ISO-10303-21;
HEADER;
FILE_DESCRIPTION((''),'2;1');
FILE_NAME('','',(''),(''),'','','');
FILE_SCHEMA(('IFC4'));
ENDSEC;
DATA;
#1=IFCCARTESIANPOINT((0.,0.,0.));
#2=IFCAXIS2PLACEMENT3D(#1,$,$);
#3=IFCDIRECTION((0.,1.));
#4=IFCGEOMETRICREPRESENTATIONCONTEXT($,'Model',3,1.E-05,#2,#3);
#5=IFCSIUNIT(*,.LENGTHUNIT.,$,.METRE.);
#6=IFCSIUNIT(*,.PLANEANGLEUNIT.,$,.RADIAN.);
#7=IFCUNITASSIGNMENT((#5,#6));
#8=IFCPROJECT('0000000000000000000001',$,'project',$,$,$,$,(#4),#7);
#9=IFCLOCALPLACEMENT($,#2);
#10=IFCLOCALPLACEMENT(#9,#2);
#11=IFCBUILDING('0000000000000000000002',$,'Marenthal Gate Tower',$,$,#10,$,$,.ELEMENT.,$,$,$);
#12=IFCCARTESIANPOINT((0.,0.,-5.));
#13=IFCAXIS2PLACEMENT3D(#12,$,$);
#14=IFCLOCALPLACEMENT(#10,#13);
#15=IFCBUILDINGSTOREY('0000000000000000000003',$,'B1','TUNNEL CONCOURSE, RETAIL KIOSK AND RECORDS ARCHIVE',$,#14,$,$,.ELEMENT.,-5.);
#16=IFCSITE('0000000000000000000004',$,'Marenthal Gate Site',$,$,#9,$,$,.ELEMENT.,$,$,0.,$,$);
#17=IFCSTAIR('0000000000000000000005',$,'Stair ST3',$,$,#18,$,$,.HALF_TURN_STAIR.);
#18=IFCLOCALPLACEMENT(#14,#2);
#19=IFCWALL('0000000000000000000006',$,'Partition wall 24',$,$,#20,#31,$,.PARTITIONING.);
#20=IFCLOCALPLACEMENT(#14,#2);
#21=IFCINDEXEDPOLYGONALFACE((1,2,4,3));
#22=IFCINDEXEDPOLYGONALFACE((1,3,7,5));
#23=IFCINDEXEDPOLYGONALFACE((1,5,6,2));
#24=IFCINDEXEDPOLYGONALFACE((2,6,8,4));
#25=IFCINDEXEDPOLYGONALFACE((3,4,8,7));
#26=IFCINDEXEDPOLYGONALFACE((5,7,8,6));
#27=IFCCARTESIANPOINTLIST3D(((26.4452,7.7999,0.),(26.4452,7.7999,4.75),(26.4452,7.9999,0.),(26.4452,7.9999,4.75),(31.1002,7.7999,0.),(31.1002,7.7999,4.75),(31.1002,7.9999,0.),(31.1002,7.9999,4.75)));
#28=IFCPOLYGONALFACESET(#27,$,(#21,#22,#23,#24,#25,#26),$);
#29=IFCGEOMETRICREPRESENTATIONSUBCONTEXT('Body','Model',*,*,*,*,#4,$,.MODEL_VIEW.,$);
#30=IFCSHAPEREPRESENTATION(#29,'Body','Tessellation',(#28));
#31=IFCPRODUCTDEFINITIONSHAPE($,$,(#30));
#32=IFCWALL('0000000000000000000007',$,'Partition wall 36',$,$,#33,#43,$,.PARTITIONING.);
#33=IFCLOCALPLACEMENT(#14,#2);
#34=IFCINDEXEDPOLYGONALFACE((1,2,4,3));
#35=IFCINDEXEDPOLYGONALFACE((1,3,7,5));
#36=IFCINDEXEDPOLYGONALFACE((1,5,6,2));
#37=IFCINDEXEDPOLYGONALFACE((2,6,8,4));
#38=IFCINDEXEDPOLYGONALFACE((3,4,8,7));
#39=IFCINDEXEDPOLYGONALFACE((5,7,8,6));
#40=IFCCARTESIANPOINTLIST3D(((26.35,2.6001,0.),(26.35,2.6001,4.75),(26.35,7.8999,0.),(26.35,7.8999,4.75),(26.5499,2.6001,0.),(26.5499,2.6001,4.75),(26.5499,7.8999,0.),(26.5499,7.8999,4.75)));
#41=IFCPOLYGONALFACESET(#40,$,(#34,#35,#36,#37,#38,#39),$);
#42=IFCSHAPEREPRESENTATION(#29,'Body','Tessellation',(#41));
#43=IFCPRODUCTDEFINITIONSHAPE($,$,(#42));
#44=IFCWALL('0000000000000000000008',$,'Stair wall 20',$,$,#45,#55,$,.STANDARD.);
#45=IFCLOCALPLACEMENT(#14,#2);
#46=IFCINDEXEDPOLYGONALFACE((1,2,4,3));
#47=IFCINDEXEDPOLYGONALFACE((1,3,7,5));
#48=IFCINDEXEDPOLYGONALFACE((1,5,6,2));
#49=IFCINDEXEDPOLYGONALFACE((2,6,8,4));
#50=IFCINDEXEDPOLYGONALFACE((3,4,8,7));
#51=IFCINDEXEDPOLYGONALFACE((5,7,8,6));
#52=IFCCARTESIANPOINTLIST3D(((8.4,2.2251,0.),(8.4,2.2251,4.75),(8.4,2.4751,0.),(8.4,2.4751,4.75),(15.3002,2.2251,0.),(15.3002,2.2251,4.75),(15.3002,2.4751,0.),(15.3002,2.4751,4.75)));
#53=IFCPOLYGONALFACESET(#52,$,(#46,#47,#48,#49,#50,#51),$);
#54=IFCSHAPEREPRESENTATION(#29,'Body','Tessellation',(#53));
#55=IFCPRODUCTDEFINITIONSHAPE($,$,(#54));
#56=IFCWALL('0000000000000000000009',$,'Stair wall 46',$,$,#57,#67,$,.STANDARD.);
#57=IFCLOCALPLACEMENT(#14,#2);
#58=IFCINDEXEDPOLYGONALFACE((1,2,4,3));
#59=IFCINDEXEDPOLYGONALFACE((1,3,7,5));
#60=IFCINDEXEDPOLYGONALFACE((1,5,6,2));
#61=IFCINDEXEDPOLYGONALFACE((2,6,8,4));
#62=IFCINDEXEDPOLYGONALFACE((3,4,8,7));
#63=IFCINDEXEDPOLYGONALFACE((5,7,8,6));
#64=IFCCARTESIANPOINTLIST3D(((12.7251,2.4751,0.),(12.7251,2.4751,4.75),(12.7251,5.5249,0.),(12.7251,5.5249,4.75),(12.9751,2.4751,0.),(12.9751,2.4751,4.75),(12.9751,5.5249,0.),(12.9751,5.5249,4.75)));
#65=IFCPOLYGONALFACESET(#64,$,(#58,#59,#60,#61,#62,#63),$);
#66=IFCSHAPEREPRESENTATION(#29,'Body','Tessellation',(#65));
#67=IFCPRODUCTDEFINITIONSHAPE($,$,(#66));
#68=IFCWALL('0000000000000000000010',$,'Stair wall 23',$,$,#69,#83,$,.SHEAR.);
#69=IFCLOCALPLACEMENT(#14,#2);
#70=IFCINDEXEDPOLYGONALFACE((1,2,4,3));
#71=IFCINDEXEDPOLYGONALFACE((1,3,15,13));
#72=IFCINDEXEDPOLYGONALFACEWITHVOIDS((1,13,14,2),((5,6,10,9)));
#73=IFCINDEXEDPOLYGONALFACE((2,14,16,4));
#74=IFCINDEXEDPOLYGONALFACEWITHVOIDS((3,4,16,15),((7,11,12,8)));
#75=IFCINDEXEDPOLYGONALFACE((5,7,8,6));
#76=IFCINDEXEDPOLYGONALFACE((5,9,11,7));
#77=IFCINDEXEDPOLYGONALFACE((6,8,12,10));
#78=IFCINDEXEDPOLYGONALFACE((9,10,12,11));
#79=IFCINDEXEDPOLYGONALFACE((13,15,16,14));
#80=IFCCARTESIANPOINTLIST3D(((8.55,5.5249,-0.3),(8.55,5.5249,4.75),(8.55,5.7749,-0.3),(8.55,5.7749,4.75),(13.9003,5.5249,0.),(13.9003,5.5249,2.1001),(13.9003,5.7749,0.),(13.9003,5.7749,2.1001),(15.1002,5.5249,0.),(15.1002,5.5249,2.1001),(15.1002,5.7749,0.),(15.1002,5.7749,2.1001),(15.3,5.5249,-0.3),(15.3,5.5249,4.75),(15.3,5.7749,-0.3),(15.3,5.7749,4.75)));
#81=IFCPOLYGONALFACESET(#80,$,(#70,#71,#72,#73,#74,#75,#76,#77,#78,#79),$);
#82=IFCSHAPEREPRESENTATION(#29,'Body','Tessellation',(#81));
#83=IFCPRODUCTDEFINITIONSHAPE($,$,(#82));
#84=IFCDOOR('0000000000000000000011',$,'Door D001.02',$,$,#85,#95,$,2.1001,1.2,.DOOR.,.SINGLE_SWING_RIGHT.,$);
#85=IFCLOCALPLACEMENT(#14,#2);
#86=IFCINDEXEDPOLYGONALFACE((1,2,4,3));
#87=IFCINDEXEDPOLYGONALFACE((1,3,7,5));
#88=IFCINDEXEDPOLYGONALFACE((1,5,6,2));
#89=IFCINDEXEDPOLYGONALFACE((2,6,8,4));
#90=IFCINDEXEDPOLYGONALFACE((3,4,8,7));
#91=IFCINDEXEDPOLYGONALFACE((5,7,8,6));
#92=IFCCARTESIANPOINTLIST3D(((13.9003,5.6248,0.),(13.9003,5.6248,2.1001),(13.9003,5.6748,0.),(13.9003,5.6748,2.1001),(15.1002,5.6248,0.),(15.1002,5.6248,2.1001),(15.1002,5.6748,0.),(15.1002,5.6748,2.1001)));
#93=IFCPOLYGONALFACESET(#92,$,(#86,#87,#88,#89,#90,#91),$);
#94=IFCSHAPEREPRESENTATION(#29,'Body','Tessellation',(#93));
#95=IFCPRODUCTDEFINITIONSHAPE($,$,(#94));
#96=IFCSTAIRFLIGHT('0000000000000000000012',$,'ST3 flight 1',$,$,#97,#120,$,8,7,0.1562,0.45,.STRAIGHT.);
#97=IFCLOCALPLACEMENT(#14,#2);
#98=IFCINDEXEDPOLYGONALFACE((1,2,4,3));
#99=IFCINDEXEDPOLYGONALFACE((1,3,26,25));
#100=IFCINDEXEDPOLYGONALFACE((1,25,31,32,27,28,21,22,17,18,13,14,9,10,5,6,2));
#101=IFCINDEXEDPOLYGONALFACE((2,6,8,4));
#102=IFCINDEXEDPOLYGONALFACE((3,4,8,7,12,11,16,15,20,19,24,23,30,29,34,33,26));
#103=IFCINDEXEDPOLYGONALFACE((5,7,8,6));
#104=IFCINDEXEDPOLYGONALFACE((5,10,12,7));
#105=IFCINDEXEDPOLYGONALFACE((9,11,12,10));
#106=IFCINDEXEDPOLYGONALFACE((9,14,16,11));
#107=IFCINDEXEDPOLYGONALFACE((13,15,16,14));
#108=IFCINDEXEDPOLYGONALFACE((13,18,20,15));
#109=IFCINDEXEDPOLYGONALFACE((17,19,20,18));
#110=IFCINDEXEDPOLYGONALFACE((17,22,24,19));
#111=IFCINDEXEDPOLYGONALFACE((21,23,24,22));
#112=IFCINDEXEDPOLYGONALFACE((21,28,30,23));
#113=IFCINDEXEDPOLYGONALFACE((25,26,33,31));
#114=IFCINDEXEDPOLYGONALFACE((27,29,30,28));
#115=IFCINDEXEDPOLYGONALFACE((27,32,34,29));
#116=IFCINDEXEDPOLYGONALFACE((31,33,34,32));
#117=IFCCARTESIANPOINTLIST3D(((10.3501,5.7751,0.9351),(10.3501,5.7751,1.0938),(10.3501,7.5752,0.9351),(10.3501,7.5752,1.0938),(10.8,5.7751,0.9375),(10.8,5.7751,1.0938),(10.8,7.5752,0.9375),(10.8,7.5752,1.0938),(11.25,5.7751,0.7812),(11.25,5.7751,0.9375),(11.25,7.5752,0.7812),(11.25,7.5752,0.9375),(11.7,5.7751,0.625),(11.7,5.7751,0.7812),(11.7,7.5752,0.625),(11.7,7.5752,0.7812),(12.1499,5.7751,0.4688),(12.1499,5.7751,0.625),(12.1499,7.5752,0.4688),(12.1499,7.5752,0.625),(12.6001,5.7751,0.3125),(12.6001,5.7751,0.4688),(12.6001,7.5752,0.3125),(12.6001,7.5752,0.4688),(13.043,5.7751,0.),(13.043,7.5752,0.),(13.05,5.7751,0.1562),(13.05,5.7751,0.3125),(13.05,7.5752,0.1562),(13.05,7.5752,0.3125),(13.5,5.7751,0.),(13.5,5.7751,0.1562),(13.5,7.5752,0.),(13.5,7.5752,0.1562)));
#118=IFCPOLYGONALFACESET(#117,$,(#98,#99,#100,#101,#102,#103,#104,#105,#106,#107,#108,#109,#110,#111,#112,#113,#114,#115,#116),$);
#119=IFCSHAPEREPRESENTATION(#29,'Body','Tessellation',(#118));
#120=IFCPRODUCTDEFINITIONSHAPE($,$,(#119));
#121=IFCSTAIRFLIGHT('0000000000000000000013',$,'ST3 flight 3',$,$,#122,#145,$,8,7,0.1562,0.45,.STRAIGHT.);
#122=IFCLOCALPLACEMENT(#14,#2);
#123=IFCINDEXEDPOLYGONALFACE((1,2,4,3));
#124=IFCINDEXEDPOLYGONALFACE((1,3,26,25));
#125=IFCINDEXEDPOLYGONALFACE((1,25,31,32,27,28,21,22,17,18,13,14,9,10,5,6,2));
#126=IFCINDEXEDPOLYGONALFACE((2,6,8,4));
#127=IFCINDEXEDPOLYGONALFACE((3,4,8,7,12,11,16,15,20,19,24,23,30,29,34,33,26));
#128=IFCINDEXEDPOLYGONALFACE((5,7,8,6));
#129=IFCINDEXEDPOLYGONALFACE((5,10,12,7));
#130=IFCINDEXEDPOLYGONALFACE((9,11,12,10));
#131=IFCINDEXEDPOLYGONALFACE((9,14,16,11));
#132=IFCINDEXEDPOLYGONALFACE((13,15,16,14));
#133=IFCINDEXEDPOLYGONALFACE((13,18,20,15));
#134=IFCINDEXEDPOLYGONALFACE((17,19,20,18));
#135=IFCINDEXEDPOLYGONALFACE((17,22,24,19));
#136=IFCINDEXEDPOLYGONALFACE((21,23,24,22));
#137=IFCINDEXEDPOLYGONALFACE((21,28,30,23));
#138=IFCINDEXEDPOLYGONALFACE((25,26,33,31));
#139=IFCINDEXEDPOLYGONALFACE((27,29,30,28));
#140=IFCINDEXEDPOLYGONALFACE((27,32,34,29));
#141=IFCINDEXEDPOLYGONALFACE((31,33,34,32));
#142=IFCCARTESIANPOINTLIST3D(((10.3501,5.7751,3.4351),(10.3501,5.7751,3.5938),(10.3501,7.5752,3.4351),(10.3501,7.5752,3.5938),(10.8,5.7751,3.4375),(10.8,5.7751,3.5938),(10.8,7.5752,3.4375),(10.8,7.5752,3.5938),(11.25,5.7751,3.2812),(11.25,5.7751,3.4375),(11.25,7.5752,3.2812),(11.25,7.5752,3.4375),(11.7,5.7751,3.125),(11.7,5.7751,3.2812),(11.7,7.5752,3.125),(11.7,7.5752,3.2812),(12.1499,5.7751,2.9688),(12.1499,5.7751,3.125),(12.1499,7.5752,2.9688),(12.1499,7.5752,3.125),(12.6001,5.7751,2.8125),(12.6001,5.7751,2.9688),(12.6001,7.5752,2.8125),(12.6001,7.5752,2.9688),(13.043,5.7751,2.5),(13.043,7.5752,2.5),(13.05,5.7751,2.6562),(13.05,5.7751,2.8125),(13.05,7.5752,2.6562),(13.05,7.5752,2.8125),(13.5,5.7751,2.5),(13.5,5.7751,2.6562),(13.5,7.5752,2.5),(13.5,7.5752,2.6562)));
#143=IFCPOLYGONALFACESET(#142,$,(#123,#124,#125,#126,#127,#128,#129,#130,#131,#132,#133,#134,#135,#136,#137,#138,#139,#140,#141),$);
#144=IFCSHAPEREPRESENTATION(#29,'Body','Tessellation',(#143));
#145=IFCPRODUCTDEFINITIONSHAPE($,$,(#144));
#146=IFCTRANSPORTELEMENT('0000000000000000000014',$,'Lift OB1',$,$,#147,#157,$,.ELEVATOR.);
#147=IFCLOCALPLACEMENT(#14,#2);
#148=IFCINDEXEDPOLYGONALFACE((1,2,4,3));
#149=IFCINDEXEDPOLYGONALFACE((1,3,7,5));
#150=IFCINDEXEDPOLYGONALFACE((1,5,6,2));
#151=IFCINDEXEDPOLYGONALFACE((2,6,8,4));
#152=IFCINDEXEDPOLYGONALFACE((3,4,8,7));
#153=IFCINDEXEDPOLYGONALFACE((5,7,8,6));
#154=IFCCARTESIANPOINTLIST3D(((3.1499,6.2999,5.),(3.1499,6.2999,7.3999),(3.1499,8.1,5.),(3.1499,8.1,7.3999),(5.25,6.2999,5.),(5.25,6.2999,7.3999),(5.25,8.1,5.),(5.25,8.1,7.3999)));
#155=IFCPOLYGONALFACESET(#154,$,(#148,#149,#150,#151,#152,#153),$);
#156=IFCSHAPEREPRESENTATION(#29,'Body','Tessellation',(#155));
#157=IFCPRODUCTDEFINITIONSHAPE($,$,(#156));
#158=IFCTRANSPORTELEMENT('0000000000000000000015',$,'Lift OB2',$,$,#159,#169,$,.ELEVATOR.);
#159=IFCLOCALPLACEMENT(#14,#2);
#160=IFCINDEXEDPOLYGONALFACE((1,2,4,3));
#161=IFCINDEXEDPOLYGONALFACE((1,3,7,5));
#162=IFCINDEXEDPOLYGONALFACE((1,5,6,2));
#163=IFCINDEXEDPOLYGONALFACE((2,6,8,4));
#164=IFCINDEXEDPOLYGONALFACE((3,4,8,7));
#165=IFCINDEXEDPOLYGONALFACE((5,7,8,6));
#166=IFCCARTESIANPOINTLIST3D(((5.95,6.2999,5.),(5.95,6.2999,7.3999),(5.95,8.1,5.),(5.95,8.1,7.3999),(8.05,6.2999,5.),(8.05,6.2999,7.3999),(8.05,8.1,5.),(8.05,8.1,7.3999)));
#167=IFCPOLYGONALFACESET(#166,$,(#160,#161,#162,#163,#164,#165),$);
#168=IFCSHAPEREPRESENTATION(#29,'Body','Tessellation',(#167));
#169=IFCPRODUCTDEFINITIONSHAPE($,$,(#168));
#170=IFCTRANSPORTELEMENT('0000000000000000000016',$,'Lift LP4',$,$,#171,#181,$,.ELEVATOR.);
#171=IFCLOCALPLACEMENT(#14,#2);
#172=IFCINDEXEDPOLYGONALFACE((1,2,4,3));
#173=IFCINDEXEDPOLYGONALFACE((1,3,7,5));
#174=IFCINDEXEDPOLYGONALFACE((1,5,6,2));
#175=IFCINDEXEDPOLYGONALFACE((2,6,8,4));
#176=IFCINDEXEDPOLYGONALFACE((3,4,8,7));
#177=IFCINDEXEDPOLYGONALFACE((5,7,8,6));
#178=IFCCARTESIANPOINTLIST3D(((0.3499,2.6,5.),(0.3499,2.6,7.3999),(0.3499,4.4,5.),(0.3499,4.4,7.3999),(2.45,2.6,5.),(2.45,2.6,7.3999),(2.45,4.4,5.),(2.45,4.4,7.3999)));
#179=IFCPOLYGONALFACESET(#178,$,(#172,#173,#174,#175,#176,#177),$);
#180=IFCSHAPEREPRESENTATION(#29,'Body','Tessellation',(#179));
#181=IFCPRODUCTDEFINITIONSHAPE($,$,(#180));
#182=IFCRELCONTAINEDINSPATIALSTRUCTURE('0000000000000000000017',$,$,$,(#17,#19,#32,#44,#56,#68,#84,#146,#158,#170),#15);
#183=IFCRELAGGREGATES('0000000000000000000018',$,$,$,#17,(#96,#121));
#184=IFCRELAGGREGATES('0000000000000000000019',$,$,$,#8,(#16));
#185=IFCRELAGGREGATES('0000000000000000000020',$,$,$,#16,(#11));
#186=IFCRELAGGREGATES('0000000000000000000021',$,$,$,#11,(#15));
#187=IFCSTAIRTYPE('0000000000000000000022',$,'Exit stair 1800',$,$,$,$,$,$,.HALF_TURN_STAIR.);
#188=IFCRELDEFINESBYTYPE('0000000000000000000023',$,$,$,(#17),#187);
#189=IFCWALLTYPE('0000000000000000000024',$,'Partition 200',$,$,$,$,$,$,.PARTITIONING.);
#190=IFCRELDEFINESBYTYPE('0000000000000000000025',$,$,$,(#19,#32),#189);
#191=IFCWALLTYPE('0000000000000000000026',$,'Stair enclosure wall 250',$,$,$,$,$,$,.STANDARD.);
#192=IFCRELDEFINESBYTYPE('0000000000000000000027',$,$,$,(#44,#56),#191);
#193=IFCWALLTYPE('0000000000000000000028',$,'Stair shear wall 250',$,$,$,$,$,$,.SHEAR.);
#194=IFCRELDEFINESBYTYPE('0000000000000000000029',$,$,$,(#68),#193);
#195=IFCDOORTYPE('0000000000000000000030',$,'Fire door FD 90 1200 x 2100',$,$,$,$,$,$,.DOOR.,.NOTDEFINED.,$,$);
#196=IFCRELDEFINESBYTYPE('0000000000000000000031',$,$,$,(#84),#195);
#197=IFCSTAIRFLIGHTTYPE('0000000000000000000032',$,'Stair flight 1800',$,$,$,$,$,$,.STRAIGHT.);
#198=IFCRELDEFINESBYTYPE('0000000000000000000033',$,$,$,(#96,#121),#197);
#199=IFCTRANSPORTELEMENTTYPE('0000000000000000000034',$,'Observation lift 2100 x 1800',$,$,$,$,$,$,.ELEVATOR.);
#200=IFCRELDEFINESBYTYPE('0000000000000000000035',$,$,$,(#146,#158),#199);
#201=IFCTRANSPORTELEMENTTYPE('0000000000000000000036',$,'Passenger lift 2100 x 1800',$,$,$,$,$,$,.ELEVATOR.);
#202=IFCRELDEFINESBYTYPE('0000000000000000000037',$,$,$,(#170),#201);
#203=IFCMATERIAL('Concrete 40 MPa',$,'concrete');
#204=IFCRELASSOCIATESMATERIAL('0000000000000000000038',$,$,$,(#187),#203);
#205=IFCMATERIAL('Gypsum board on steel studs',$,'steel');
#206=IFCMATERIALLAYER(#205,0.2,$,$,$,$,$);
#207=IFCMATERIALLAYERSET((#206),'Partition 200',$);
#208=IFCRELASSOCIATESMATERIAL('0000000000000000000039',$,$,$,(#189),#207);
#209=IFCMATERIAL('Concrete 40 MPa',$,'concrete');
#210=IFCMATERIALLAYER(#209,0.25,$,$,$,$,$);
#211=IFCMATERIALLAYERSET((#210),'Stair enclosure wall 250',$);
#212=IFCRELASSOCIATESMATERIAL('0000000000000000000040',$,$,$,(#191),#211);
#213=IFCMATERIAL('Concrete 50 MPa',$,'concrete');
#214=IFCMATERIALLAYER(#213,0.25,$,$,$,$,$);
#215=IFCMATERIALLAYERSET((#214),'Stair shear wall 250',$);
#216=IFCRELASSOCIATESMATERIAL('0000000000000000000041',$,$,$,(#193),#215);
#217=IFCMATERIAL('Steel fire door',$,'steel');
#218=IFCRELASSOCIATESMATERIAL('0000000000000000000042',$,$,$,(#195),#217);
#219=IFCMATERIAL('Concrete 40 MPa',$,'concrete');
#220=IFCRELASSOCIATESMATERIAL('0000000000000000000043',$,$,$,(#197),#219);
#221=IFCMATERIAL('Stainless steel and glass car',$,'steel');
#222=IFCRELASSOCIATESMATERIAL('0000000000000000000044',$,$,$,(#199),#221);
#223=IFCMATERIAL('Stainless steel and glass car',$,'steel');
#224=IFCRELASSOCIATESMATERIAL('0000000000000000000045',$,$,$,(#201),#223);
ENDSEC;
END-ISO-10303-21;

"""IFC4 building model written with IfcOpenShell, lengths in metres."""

from ifc_helpers import new_model, si_unit, direction, frame, frame_2d, origin, origin_2d, place, context, subcontext, project, spatial, polyline, rectangle, outline, extrude, material, layer, layer_set, type_object, element, fill, aggregate, save


model = new_model("IFC4")

# Units and contexts
model_context = context("Model", 3, precision=1e-05, world=origin(), true_north=direction((0.0, 1.0)))
body_context = subcontext(model_context, "Body", "Model", "MODEL_VIEW")
ifc_project = project(units=[si_unit("LENGTHUNIT", "METRE"), si_unit("PLANEANGLEUNIT", "RADIAN")], contexts=[model_context])

# Site, building, storey
site_placement = place(None, origin())
site = spatial("IfcSite", under=ifc_project, at=site_placement, Name="Marenthal Gate Site", CompositionType="ELEMENT", RefElevation=0.0)
building_placement = place(site_placement, origin())
building = spatial("IfcBuilding", under=site, at=building_placement, Name="Marenthal Gate Tower", CompositionType="ELEMENT")
storey_placement = place(building_placement, frame((0.0, 0.0, -5.0)))
storey = spatial("IfcBuildingStorey", under=building, at=storey_placement, Name="B1", Description="TUNNEL CONCOURSE, RETAIL KIOSK AND RECORDS ARCHIVE", CompositionType="ELEMENT", Elevation=-5.0)

# Stair
ifc_material_1 = material(Name="Concrete 40 MPa", Category="concrete")
stair_type = type_object("IfcStairType", Name="Exit stair 1800", PredefinedType="HALF_TURN_STAIR", material=ifc_material_1)
stair_placement = place(storey_placement, origin())
stair = element("IfcStair", 1, at=stair_placement, inside=storey, type_object=stair_type, Name="Stair ST3", PredefinedType="HALF_TURN_STAIR")

# Walls
ifc_material_2 = material(Name="Gypsum board on steel studs", Category="steel")
ifc_layer_1 = layer(ifc_material_2, 0.2)
ifc_layer_set_1 = layer_set([ifc_layer_1], Name="Partition 200")
wall_type_1 = type_object("IfcWallType", Name="Partition 200", PredefinedType="PARTITIONING", material=ifc_layer_set_1)
wall_1_placement = place(storey_placement, frame((26.4451, 7.8999, 0.0), z_axis=(0.0, 0.0, 1.0), x_axis=(1.0, 0.0, 0.0)))
element("IfcWall", 2, at=wall_1_placement, inside=storey, type_object=wall_type_1, Name="Partition wall 24", PredefinedType="PARTITIONING", context=body_context, shape_type="SweptSolid", body=[
    extrude(rectangle(XDim=4.655, YDim=0.2, at=frame_2d((2.3276, 0.0))), origin(), (0.0, 0.0, 1.0), 4.75),
])
wall_2_placement = place(storey_placement, frame((26.45, 2.6001, 0.0), z_axis=(0.0, 0.0, 1.0), x_axis=(0.0, 1.0, 0.0)))
element("IfcWall", 3, at=wall_2_placement, inside=storey, type_object=wall_type_1, Name="Partition wall 36", PredefinedType="PARTITIONING", context=body_context, shape_type="SweptSolid", body=[
    extrude(rectangle(XDim=5.2998, YDim=0.2, at=frame_2d((2.6499, 0.0))), origin(), (0.0, 0.0, 1.0), 4.75),
])
ifc_material_3 = material(Name="Concrete 40 MPa", Category="concrete")
ifc_layer_2 = layer(ifc_material_3, 0.25)
ifc_layer_set_2 = layer_set([ifc_layer_2], Name="Stair enclosure wall 250")
wall_type_2 = type_object("IfcWallType", Name="Stair enclosure wall 250", PredefinedType="STANDARD", material=ifc_layer_set_2)
wall_3_placement = place(storey_placement, frame((8.3999, 2.3501, 0.0), z_axis=(0.0, 0.0, 1.0), x_axis=(1.0, 0.0, 0.0)))
element("IfcWall", 4, at=wall_3_placement, inside=storey, type_object=wall_type_2, Name="Stair wall 20", PredefinedType="STANDARD", context=body_context, shape_type="SweptSolid", body=[
    extrude(rectangle(XDim=6.9001, YDim=0.25, at=frame_2d((3.4502, 0.0))), origin(), (0.0, 0.0, 1.0), 4.75),
])
wall_4_placement = place(storey_placement, frame((12.8501, 2.4751, 0.0), z_axis=(0.0, 0.0, 1.0), x_axis=(0.0, 1.0, 0.0)))
element("IfcWall", 5, at=wall_4_placement, inside=storey, type_object=wall_type_2, Name="Stair wall 46", PredefinedType="STANDARD", context=body_context, shape_type="SweptSolid", body=[
    extrude(rectangle(XDim=3.0498, YDim=0.25, at=frame_2d((1.5249, 0.0))), origin(), (0.0, 0.0, 1.0), 4.75),
])

# Wall, opening, door
ifc_material_4 = material(Name="Concrete 50 MPa", Category="concrete")
ifc_layer_3 = layer(ifc_material_4, 0.25)
ifc_layer_set_3 = layer_set([ifc_layer_3], Name="Stair shear wall 250")
wall_type_3 = type_object("IfcWallType", Name="Stair shear wall 250", PredefinedType="SHEAR", material=ifc_layer_set_3)
wall_5_placement = place(storey_placement, frame((8.55, 5.6499, -0.3), z_axis=(0.0, 0.0, 1.0), x_axis=(1.0, 0.0, 0.0)))
wall_5 = element("IfcWall", 6, at=wall_5_placement, inside=storey, type_object=wall_type_3, Name="Stair wall 23", PredefinedType="SHEAR", context=body_context, shape_type="SweptSolid", body=[
    extrude(rectangle(XDim=6.75, YDim=0.25, at=frame_2d((3.375, 0.0))), origin(), (0.0, 0.0, 1.0), 5.05),
])
opening_placement = place(wall_5_placement, frame((5.3501, 0.0, 0.3)))
opening = element("IfcOpeningElement", 7, at=opening_placement, cuts=wall_5, PredefinedType="OPENING", context=body_context, shape_type="SweptSolid", body=[
    extrude(rectangle(XDim=1.2, YDim=2.1001, at=frame_2d((0.6001, 1.05))), frame((0.0, 0.135, 0.0), z_axis=(0.0, -1.0, 0.0), x_axis=(1.0, 0.0, 0.0)), (0.0, 0.0, 1.0), 0.27),
])
ifc_material_5 = material(Name="Steel fire door", Category="steel")
door_type = type_object("IfcDoorType", Name="Fire door FD 90 1200 x 2100", OperationType="NOTDEFINED", PredefinedType="DOOR", material=ifc_material_5)
door_placement = place(opening_placement, origin())
door = element("IfcDoor", 8, at=door_placement, inside=storey, type_object=door_type, Name="Door D001.02", OperationType="SINGLE_SWING_RIGHT", OverallHeight=2.1001, OverallWidth=1.2, PredefinedType="DOOR", context=body_context, shape_type="SweptSolid", body=[
    extrude(rectangle(XDim=1.2, YDim=2.1001, at=frame_2d((0.6001, 1.05))), frame((0.0, 0.0249, 0.0), z_axis=(0.0, -1.0, 0.0), x_axis=(1.0, 0.0, 0.0)), (0.0, 0.0, 1.0), 0.05),
])
fill(opening, door)

# Stair flights
ifc_material_6 = material(Name="Concrete 40 MPa", Category="concrete")
stair_flight_type = type_object("IfcStairFlightType", Name="Stair flight 1800", PredefinedType="STRAIGHT", material=ifc_material_6)
stair_flight_1_placement = place(storey_placement, frame((13.5, 6.675, 0.0), z_axis=(0.0, 0.0, 1.0), x_axis=(-1.0, 0.0, 0.0)))
stair_flight_1 = element("IfcStairFlight", 9, at=stair_flight_1_placement, type_object=stair_flight_type, Name="ST3 flight 1", NumberOfRisers=8, NumberOfTreads=7, PredefinedType="STRAIGHT", RiserHeight=0.1562, TreadLength=0.45, context=body_context, shape_type="SweptSolid", body=[
    extrude(outline(polyline([(0.0, 0.0), (0.0, 0.1562), (0.45, 0.1562), (0.45, 0.3125), (0.8999, 0.3125), (0.8999, 0.4688), (1.3501, 0.4688), (1.3501, 0.625), (1.8, 0.625), (1.8, 0.7812), (2.25, 0.7812), (2.25, 0.9375), (2.7, 0.9375), (2.7, 1.0938), (3.1499, 1.0938), (3.1499, 1.25), (3.1499, 0.9351), (0.457, 0.0), (0.0, 0.0)])), frame((0.0, 0.8999, 0.0), z_axis=(0.0, -1.0, 0.0), x_axis=(1.0, 0.0, 0.0)), (0.0, 0.0, 1.0), 1.8),
])
stair_flight_2_placement = place(storey_placement, frame((13.5, 6.675, 2.5), z_axis=(0.0, 0.0, 1.0), x_axis=(-1.0, 0.0, 0.0)))
stair_flight_2 = element("IfcStairFlight", 10, at=stair_flight_2_placement, type_object=stair_flight_type, Name="ST3 flight 3", NumberOfRisers=8, NumberOfTreads=7, PredefinedType="STRAIGHT", RiserHeight=0.1562, TreadLength=0.45, context=body_context, shape_type="SweptSolid", body=[
    extrude(outline(polyline([(0.0, 0.0), (0.0, 0.1562), (0.45, 0.1562), (0.45, 0.3125), (0.8999, 0.3125), (0.8999, 0.4688), (1.3501, 0.4688), (1.3501, 0.625), (1.8, 0.625), (1.8, 0.7812), (2.25, 0.7812), (2.25, 0.9375), (2.7, 0.9375), (2.7, 1.0938), (3.1499, 1.0938), (3.1499, 1.25), (3.1499, 0.9351), (0.457, 0.0), (0.0, 0.0)])), frame((0.0, 0.8999, 0.0), z_axis=(0.0, -1.0, 0.0), x_axis=(1.0, 0.0, 0.0)), (0.0, 0.0, 1.0), 1.8),
])
aggregate(stair, [stair_flight_1, stair_flight_2])

# Transport elements
ifc_material_7 = material(Name="Stainless steel and glass car", Category="steel")
transport_element_type_1 = type_object("IfcTransportElementType", Name="Observation lift 2100 x 1800", PredefinedType="ELEVATOR", material=ifc_material_7)
for number, where, z_axis, x_axis, name in (
    (11, (4.2, 7.2, 5.0), (0.0, 0.0, 1.0), (1.0, 0.0, 0.0), "Lift OB1"),
    (12, (7.0, 7.2, 5.0), (0.0, 0.0, 1.0), (1.0, 0.0, 0.0), "Lift OB2"),
):
    element("IfcTransportElement", number, at=place(storey_placement, frame(where, z_axis=z_axis, x_axis=x_axis)), inside=storey, type_object=transport_element_type_1, Name=name, PredefinedType="ELEVATOR", context=body_context, shape_type="SweptSolid", body=[
        extrude(rectangle(XDim=2.1001, YDim=1.8, at=origin_2d()), origin(), (0.0, 0.0, 1.0), 2.3999),
    ])
ifc_material_8 = material(Name="Stainless steel and glass car", Category="steel")
transport_element_type_2 = type_object("IfcTransportElementType", Name="Passenger lift 2100 x 1800", PredefinedType="ELEVATOR", material=ifc_material_8)
for number, where, z_axis, x_axis, name in (
    (13, (1.3999, 3.5, 5.0), (0.0, 0.0, 1.0), (1.0, 0.0, 0.0), "Lift LP4"),
):
    element("IfcTransportElement", number, at=place(storey_placement, frame(where, z_axis=z_axis, x_axis=x_axis)), inside=storey, type_object=transport_element_type_2, Name=name, PredefinedType="ELEVATOR", context=body_context, shape_type="SweptSolid", body=[
        extrude(rectangle(XDim=2.1001, YDim=1.8, at=origin_2d()), origin(), (0.0, 0.0, 1.0), 2.3999),
    ])

save(model, "model.ifc")
